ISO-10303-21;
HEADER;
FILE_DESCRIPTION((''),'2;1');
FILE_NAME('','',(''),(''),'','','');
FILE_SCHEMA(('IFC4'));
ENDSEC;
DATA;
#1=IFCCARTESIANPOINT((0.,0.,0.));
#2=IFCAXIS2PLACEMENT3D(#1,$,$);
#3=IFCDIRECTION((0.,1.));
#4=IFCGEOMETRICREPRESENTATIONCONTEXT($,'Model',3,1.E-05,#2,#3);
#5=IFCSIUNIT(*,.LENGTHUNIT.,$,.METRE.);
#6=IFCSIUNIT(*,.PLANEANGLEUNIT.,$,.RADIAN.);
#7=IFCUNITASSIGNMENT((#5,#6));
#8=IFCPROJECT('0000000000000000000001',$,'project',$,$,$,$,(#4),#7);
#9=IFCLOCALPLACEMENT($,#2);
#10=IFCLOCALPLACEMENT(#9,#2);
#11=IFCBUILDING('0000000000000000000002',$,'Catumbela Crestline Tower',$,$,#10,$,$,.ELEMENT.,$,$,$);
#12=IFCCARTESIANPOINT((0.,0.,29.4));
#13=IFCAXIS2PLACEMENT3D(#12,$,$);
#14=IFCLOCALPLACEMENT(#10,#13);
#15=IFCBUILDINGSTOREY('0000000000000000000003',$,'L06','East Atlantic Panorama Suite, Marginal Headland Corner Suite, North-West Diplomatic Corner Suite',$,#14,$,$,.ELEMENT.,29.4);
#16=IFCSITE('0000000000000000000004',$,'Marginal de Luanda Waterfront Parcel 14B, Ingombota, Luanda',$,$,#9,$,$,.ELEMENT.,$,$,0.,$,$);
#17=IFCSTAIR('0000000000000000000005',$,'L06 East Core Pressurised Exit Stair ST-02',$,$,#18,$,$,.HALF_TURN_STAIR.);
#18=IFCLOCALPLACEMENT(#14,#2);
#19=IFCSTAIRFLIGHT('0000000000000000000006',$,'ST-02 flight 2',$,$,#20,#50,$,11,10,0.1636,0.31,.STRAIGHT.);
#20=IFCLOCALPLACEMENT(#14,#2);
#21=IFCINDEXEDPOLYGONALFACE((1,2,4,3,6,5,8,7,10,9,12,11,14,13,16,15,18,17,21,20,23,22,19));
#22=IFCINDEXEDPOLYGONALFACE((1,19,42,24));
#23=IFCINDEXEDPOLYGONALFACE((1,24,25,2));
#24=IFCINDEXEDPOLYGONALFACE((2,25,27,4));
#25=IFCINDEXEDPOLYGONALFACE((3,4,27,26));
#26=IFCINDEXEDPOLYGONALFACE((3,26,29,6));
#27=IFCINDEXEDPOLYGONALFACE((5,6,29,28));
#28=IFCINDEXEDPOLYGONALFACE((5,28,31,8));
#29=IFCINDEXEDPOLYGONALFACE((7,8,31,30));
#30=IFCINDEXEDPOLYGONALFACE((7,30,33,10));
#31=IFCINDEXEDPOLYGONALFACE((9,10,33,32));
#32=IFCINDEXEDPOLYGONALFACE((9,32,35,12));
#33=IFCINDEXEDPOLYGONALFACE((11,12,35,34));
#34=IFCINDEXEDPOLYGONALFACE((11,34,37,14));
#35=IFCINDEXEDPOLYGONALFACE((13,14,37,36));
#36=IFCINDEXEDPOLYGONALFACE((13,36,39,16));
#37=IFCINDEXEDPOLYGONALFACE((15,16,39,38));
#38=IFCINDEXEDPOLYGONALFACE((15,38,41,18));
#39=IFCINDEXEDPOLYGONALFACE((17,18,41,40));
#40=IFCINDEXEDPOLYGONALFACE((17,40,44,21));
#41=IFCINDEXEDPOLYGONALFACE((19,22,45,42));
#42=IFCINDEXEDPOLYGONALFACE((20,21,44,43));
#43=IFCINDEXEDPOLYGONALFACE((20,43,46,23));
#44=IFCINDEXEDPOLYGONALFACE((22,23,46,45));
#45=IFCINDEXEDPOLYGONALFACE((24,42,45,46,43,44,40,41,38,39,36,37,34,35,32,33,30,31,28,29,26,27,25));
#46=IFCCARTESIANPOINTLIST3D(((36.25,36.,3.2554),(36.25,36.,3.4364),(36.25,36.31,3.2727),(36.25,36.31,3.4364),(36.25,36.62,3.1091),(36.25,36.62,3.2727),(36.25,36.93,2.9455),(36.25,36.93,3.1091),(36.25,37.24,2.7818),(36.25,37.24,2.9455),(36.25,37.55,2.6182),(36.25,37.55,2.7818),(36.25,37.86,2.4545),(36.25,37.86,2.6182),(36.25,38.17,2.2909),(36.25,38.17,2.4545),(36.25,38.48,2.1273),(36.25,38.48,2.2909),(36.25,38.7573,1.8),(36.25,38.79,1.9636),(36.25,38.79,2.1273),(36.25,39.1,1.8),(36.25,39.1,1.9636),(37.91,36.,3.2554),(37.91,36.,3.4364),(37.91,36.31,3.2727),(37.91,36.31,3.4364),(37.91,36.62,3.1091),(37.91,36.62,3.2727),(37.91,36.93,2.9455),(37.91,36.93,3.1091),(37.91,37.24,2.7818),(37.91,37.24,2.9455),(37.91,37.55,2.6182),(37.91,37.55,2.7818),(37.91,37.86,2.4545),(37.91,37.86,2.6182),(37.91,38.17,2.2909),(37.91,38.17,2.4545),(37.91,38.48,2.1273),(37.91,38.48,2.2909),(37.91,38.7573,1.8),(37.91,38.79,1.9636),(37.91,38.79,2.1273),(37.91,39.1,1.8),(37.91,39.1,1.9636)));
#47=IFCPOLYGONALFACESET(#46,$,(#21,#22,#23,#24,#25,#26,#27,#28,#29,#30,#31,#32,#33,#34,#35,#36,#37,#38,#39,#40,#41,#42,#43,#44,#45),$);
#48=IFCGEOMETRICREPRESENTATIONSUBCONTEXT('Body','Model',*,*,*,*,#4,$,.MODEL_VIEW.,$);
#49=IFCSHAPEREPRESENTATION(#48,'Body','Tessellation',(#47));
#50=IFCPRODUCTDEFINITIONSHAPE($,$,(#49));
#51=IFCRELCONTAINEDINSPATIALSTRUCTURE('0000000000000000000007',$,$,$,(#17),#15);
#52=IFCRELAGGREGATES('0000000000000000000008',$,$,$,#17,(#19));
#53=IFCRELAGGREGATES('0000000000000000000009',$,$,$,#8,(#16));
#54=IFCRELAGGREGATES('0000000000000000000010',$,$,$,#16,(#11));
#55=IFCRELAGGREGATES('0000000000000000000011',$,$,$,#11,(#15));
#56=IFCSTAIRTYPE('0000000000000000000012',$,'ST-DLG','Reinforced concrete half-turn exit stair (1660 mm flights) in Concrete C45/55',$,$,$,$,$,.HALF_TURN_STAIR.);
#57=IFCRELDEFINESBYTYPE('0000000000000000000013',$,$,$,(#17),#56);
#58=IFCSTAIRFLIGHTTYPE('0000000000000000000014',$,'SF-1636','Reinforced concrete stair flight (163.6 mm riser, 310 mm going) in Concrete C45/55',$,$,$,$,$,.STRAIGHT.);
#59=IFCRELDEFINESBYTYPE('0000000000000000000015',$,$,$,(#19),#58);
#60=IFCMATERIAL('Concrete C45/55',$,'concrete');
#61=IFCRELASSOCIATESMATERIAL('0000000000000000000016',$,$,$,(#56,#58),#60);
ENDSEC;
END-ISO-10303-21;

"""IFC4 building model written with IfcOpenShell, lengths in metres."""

from ifc_helpers import new_model, si_unit, direction, frame, origin, place, context, subcontext, project, spatial, polyline, outline, extrude, material, type_object, element, aggregate, save


model = new_model("IFC4")

# Units and contexts
model_context = context("Model", 3, precision=1e-05, world=origin(), true_north=direction((0.0, 1.0)))
body_context = subcontext(model_context, "Body", "Model", "MODEL_VIEW")
ifc_project = project(units=[si_unit("LENGTHUNIT", "METRE"), si_unit("PLANEANGLEUNIT", "RADIAN")], contexts=[model_context])

# Site, building, storey
site_placement = place(None, origin())
site = spatial("IfcSite", under=ifc_project, at=site_placement, Name="Marginal de Luanda Waterfront Parcel 14B, Ingombota, Luanda", CompositionType="ELEMENT", RefElevation=0.0)
building_placement = place(site_placement, origin())
building = spatial("IfcBuilding", under=site, at=building_placement, Name="Catumbela Crestline Tower", CompositionType="ELEMENT")
storey_placement = place(building_placement, frame((0.0, 0.0, 29.4)))
storey = spatial("IfcBuildingStorey", under=building, at=storey_placement, Name="L06", Description="East Atlantic Panorama Suite, Marginal Headland Corner Suite, North-West Diplomatic Corner Suite", CompositionType="ELEMENT", Elevation=29.4)

# Stair, stair flight
ifc_material_1 = material(Name="Concrete C45/55", Category="concrete")
stair_type = type_object("IfcStairType", Name="ST-DLG", Description="Reinforced concrete half-turn exit stair (1660 mm flights) in Concrete C45/55", PredefinedType="HALF_TURN_STAIR", material=ifc_material_1)
stair_placement = place(storey_placement, origin())
stair = element("IfcStair", 1, at=stair_placement, inside=storey, type_object=stair_type, Name="L06 East Core Pressurised Exit Stair ST-02", PredefinedType="HALF_TURN_STAIR")
stair_flight_type = type_object("IfcStairFlightType", Name="SF-1636", Description="Reinforced concrete stair flight (163.6 mm riser, 310 mm going) in Concrete C45/55", PredefinedType="STRAIGHT", material=ifc_material_1)
stair_flight_1_placement = place(storey_placement, frame((37.08, 39.1, 1.8), z_axis=(0.0, 0.0, 1.0), x_axis=(0.0, -1.0, 0.0)))
stair_flight_1 = element("IfcStairFlight", 2, at=stair_flight_1_placement, type_object=stair_flight_type, Name="ST-02 flight 2", NumberOfRisers=11, NumberOfTreads=10, PredefinedType="STRAIGHT", RiserHeight=0.1636, TreadLength=0.31, context=body_context, shape_type="SweptSolid", body=[
    extrude(outline(polyline([(0.0, 0.0), (0.0, 0.1636), (0.31, 0.1636), (0.31, 0.3273), (0.62, 0.3273), (0.62, 0.4909), (0.93, 0.4909), (0.93, 0.6545), (1.24, 0.6545), (1.24, 0.8182), (1.55, 0.8182), (1.55, 0.9818), (1.86, 0.9818), (1.86, 1.1455), (2.17, 1.1455), (2.17, 1.3091), (2.48, 1.3091), (2.48, 1.4727), (2.79, 1.4727), (2.79, 1.6364), (3.1, 1.6364), (3.1, 1.8), (3.1, 1.4554), (0.3427, 0.0), (0.0, 0.0)])), frame((0.0, 0.83, 0.0), z_axis=(0.0, -1.0, 0.0), x_axis=(1.0, 0.0, 0.0)), (0.0, 0.0, 1.0), 1.66),
])
aggregate(stair, [stair_flight_1])

save(model, "model.ifc")
